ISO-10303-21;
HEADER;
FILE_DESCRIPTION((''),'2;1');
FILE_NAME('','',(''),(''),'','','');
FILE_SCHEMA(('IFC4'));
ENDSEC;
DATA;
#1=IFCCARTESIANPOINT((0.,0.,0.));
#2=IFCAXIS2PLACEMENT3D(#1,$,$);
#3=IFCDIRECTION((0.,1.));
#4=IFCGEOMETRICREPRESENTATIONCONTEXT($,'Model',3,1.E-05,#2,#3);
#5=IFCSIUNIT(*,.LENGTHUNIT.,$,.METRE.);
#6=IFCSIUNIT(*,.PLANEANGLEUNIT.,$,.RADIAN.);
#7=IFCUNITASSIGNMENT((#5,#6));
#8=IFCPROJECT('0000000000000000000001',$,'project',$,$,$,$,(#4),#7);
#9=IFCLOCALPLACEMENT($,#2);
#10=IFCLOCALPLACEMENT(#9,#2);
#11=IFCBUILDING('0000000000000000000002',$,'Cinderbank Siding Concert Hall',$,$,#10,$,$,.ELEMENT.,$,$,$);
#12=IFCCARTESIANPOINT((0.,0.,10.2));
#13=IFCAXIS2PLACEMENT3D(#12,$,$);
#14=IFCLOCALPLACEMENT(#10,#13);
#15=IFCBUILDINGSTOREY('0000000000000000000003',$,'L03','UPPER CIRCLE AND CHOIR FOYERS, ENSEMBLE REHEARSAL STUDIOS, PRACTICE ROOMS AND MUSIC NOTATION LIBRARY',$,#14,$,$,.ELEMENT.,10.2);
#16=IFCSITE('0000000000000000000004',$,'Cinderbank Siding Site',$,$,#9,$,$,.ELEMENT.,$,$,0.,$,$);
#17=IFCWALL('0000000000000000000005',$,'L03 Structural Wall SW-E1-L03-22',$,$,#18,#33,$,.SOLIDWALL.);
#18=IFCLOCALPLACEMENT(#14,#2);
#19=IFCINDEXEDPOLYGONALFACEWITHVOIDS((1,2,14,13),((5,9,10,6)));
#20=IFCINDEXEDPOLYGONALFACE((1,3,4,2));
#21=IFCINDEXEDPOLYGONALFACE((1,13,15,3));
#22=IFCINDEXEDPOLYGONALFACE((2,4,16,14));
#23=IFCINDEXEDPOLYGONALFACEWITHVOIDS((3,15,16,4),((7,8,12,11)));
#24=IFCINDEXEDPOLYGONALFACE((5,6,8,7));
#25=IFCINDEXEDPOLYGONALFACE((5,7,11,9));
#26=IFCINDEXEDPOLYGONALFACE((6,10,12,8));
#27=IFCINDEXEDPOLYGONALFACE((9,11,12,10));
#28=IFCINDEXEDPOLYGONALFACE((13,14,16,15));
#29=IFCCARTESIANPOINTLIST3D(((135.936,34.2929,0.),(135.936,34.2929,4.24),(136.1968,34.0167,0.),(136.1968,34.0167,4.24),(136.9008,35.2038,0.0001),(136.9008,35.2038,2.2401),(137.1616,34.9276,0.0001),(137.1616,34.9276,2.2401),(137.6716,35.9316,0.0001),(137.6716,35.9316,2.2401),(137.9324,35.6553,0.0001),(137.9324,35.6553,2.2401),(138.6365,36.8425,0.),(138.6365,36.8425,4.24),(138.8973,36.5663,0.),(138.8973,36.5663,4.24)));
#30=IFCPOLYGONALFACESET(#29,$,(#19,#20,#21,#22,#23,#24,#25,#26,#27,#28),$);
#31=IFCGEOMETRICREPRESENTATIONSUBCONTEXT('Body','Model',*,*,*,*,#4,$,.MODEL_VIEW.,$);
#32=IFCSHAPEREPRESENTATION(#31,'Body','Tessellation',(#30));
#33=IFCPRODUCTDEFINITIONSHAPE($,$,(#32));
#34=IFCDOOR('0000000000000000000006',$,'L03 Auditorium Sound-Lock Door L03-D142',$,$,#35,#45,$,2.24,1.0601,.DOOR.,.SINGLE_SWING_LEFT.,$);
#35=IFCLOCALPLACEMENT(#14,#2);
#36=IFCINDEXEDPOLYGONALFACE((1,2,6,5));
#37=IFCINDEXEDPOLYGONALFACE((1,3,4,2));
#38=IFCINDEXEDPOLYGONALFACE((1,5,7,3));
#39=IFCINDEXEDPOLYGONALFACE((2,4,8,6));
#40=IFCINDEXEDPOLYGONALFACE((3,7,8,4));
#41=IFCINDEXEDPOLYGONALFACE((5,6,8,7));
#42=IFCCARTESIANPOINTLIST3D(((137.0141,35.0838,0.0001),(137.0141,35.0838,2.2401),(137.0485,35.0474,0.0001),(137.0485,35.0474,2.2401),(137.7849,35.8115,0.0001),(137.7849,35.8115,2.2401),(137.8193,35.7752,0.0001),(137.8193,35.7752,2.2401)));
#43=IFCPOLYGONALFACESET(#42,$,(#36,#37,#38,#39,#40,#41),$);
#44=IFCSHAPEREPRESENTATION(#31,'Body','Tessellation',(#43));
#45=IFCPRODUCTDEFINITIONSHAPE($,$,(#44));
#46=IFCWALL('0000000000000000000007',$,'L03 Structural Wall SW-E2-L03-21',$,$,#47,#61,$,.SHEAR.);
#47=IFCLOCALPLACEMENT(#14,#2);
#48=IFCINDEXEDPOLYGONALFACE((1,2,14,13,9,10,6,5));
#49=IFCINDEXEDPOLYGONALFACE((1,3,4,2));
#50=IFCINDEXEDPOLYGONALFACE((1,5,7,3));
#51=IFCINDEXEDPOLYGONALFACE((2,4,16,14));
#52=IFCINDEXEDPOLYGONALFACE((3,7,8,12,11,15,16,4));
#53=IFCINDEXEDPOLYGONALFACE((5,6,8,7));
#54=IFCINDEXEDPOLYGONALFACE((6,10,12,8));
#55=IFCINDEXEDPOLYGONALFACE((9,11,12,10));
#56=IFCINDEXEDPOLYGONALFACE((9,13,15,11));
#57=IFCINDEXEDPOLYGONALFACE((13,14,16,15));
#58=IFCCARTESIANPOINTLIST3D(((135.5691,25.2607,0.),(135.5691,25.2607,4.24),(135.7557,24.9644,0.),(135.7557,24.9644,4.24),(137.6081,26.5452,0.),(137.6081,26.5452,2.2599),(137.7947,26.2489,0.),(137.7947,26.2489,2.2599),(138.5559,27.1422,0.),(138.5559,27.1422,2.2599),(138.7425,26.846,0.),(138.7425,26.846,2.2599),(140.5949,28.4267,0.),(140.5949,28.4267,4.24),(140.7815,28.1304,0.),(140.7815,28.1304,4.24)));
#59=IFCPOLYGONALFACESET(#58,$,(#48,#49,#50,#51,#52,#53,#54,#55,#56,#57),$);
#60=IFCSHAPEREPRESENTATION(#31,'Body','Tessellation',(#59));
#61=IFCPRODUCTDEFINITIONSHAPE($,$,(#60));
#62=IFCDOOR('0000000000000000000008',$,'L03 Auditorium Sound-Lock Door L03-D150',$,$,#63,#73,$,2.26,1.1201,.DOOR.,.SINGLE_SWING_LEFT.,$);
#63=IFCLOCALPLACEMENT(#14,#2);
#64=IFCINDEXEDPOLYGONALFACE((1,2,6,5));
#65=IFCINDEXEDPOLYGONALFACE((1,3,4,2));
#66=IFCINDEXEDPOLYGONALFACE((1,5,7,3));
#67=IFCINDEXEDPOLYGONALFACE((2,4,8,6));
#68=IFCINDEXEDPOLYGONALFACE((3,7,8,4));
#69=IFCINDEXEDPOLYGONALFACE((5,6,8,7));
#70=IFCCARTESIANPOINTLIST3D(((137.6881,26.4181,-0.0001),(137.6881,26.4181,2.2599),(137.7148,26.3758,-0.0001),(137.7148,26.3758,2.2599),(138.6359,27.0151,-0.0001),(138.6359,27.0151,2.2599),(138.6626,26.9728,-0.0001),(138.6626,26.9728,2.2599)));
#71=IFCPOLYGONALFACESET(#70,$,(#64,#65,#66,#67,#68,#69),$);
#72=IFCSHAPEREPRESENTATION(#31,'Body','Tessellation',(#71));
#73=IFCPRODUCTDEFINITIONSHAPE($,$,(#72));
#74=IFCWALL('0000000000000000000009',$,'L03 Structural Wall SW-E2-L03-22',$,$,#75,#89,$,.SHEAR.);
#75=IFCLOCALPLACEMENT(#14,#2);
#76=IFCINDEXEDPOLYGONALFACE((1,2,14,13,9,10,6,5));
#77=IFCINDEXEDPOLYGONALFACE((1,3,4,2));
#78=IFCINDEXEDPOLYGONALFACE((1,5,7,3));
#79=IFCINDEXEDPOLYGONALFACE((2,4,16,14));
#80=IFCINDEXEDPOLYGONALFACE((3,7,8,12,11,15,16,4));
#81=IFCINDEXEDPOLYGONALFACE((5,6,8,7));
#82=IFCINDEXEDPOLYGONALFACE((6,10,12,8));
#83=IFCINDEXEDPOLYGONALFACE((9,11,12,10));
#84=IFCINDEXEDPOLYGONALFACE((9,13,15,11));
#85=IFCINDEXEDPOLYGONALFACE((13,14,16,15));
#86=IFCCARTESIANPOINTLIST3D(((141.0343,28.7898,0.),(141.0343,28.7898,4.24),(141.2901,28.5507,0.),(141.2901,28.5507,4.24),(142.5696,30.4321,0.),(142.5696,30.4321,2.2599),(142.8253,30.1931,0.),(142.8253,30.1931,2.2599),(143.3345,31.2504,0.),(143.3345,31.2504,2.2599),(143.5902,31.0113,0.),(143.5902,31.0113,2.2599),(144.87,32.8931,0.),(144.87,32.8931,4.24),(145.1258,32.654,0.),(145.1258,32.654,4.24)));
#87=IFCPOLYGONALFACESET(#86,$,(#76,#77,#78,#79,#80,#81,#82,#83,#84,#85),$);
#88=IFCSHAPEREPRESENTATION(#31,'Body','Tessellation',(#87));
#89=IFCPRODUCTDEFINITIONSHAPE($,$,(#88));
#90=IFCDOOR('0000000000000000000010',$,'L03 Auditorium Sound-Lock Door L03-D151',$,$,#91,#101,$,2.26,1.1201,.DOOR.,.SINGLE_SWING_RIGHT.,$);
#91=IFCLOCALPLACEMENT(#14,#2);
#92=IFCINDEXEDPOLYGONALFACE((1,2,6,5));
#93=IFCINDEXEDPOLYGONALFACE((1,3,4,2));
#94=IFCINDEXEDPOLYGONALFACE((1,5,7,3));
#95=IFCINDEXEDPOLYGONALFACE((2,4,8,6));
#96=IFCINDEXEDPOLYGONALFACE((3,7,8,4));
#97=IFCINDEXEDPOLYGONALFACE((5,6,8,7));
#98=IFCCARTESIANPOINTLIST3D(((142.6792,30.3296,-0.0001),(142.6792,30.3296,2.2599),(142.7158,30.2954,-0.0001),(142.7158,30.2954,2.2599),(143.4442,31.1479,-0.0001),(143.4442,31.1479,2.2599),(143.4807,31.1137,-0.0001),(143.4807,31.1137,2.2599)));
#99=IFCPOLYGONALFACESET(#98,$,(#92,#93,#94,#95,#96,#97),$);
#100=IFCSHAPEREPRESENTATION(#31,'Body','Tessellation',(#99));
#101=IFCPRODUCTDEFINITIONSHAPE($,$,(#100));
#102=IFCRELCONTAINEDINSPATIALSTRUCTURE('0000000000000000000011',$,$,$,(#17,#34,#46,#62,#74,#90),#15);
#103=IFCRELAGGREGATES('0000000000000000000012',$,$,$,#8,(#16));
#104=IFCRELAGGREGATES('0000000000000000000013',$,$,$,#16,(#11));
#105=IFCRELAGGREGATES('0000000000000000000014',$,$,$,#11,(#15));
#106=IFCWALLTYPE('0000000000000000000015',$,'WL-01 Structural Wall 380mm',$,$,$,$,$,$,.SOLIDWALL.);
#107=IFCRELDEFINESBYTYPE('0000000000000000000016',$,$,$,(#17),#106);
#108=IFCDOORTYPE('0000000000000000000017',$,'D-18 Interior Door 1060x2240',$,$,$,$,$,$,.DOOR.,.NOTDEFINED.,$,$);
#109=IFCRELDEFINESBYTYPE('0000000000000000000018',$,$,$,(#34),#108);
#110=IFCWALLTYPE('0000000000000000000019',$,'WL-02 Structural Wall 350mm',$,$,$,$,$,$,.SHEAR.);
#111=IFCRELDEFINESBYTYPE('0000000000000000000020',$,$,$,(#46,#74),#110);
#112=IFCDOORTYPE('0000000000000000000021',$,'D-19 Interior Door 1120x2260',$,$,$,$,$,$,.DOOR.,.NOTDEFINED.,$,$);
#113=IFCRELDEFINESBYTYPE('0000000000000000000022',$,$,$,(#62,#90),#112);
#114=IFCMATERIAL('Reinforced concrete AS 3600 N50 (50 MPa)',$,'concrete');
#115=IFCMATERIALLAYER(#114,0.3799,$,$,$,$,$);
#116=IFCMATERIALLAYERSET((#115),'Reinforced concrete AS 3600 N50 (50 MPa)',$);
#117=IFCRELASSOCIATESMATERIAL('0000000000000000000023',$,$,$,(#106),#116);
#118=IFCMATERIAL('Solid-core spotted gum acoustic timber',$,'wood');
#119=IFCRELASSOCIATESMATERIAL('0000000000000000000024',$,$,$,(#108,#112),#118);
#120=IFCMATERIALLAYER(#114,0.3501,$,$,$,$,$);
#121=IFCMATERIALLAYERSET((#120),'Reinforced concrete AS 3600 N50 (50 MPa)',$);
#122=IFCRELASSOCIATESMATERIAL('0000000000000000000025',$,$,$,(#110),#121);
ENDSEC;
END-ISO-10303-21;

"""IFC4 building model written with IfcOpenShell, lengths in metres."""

from ifc_helpers import new_model, si_unit, direction, frame, frame_2d, origin, place, context, subcontext, project, spatial, rectangle, extrude, material, layer, layer_set, type_object, element, fill, save


model = new_model("IFC4")

# Units and contexts
model_context = context("Model", 3, precision=1e-05, world=origin(), true_north=direction((0.0, 1.0)))
body_context = subcontext(model_context, "Body", "Model", "MODEL_VIEW")
ifc_project = project(units=[si_unit("LENGTHUNIT", "METRE"), si_unit("PLANEANGLEUNIT", "RADIAN")], contexts=[model_context])

# Site, building, storey
site_placement = place(None, origin())
site = spatial("IfcSite", under=ifc_project, at=site_placement, Name="Cinderbank Siding Site", CompositionType="ELEMENT", RefElevation=0.0)
building_placement = place(site_placement, origin())
building = spatial("IfcBuilding", under=site, at=building_placement, Name="Cinderbank Siding Concert Hall", CompositionType="ELEMENT")
storey_placement = place(building_placement, frame((0.0, 0.0, 10.2)))
storey = spatial("IfcBuildingStorey", under=building, at=storey_placement, Name="L03", Description="UPPER CIRCLE AND CHOIR FOYERS, ENSEMBLE REHEARSAL STUDIOS, PRACTICE ROOMS AND MUSIC NOTATION LIBRARY", CompositionType="ELEMENT", Elevation=10.2)

# Shared definitions
ifc_material_1 = material(Name="Reinforced concrete AS 3600 N50 (50 MPa)", Category="concrete")

# Walls, openings, doors
ifc_layer_1 = layer(ifc_material_1, 0.3799)
ifc_layer_set_1 = layer_set([ifc_layer_1], Name="Reinforced concrete AS 3600 N50 (50 MPa)")
wall_type_1 = type_object("IfcWallType", Name="WL-01 Structural Wall 380mm", PredefinedType="SOLIDWALL", material=ifc_layer_set_1)
wall_1_placement = place(storey_placement, frame((136.0664, 34.1548, 0.0), z_axis=(0.0, 0.0, 1.0), x_axis=(0.727128, 0.686502, 0.0)))
wall_1 = element("IfcWall", 1, at=wall_1_placement, inside=storey, type_object=wall_type_1, Name="L03 Structural Wall SW-E1-L03-22", PredefinedType="SOLIDWALL", context=body_context, shape_type="SweptSolid", body=[
    extrude(rectangle(XDim=3.7139, YDim=0.3799, at=frame_2d((1.8569, 0.0))), origin(), (0.0, 0.0, 1.0), 4.24),
])
opening_1_placement = place(wall_1_placement, frame((1.3269, 0.0, 0.0)))
opening_1 = element("IfcOpeningElement", 2, at=opening_1_placement, cuts=wall_1, PredefinedType="OPENING", context=body_context, shape_type="SweptSolid", body=[
    extrude(rectangle(XDim=1.0601, YDim=2.24, at=frame_2d((0.53, 1.1201))), frame((0.0, 0.2019, 0.0), z_axis=(0.0, -1.0, 0.0), x_axis=(1.0, 0.0, 0.0)), (0.0, 0.0, 1.0), 0.4038),
])
ifc_material_2 = material(Name="Solid-core spotted gum acoustic timber", Category="wood")
door_type_1 = type_object("IfcDoorType", Name="D-18 Interior Door 1060x2240", OperationType="NOTDEFINED", PredefinedType="DOOR", material=ifc_material_2)
door_1_placement = place(opening_1_placement, origin())
door_1 = element("IfcDoor", 3, at=door_1_placement, inside=storey, type_object=door_type_1, Name="L03 Auditorium Sound-Lock Door L03-D142", OperationType="SINGLE_SWING_LEFT", OverallHeight=2.24, OverallWidth=1.0601, PredefinedType="DOOR", context=body_context, shape_type="SweptSolid", body=[
    extrude(rectangle(XDim=1.0601, YDim=2.24, at=frame_2d((0.53, 1.1201))), frame((0.0, 0.0249, 0.0), z_axis=(0.0, -1.0, 0.0), x_axis=(1.0, 0.0, 0.0)), (0.0, 0.0, 1.0), 0.05),
])
fill(opening_1, door_1)
ifc_layer_2 = layer(ifc_material_1, 0.3501)
ifc_layer_set_2 = layer_set([ifc_layer_2], Name="Reinforced concrete AS 3600 N50 (50 MPa)")
wall_type_2 = type_object("IfcWallType", Name="WL-02 Structural Wall 350mm", PredefinedType="SHEAR", material=ifc_layer_set_2)
wall_2_placement = place(storey_placement, frame((135.6624, 25.1125, 0.0), z_axis=(0.0, 0.0, 1.0), x_axis=(0.846113, 0.533003, 0.0)))
wall_2 = element("IfcWall", 4, at=wall_2_placement, inside=storey, type_object=wall_type_2, Name="L03 Structural Wall SW-E2-L03-21", PredefinedType="SHEAR", context=body_context, shape_type="SweptSolid", body=[
    extrude(rectangle(XDim=5.9399, YDim=0.3501, at=frame_2d((2.97, 0.0))), origin(), (0.0, 0.0, 1.0), 4.24),
])
opening_2_placement = place(wall_2_placement, frame((2.4099, 0.0, 0.0)))
opening_2 = element("IfcOpeningElement", 5, at=opening_2_placement, cuts=wall_2, PredefinedType="OPENING", context=body_context, shape_type="SweptSolid", body=[
    extrude(rectangle(XDim=1.1201, YDim=2.26, at=frame_2d((0.5601, 1.1299))), frame((0.0, 0.187, 0.0), z_axis=(0.0, -1.0, 0.0), x_axis=(1.0, 0.0, 0.0)), (0.0, 0.0, 1.0), 0.374),
])
door_type_2 = type_object("IfcDoorType", Name="D-19 Interior Door 1120x2260", OperationType="NOTDEFINED", PredefinedType="DOOR", material=ifc_material_2)
door_2_placement = place(opening_2_placement, origin())
door_2 = element("IfcDoor", 6, at=door_2_placement, inside=storey, type_object=door_type_2, Name="L03 Auditorium Sound-Lock Door L03-D150", OperationType="SINGLE_SWING_LEFT", OverallHeight=2.26, OverallWidth=1.1201, PredefinedType="DOOR", context=body_context, shape_type="SweptSolid", body=[
    extrude(rectangle(XDim=1.1201, YDim=2.26, at=frame_2d((0.5601, 1.1299))), frame((0.0, 0.0249, 0.0), z_axis=(0.0, -1.0, 0.0), x_axis=(1.0, 0.0, 0.0)), (0.0, 0.0, 1.0), 0.05),
])
fill(opening_2, door_2)
wall_3_placement = place(storey_placement, frame((141.1621, 28.6702, 0.0), z_axis=(0.0, 0.0, 1.0), x_axis=(0.682886, 0.730525, 0.0)))
wall_3 = element("IfcWall", 7, at=wall_3_placement, inside=storey, type_object=wall_type_2, Name="L03 Structural Wall SW-E2-L03-22", PredefinedType="SHEAR", context=body_context, shape_type="SweptSolid", body=[
    extrude(rectangle(XDim=5.6169, YDim=0.3501, at=frame_2d((2.8086, 0.0))), origin(), (0.0, 0.0, 1.0), 4.24),
])
opening_3_placement = place(wall_3_placement, frame((2.2483, 0.0, 0.0)))
opening_3 = element("IfcOpeningElement", 8, at=opening_3_placement, cuts=wall_3, PredefinedType="OPENING", context=body_context, shape_type="SweptSolid", body=[
    extrude(rectangle(XDim=1.1201, YDim=2.26, at=frame_2d((0.5601, 1.1299))), frame((0.0, 0.187, 0.0), z_axis=(0.0, -1.0, 0.0), x_axis=(1.0, 0.0, 0.0)), (0.0, 0.0, 1.0), 0.374),
])
door_3_placement = place(opening_3_placement, origin())
door_3 = element("IfcDoor", 9, at=door_3_placement, inside=storey, type_object=door_type_2, Name="L03 Auditorium Sound-Lock Door L03-D151", OperationType="SINGLE_SWING_RIGHT", OverallHeight=2.26, OverallWidth=1.1201, PredefinedType="DOOR", context=body_context, shape_type="SweptSolid", body=[
    extrude(rectangle(XDim=1.1201, YDim=2.26, at=frame_2d((0.5601, 1.1299))), frame((0.0, 0.0249, 0.0), z_axis=(0.0, -1.0, 0.0), x_axis=(1.0, 0.0, 0.0)), (0.0, 0.0, 1.0), 0.05),
])
fill(opening_3, door_3)

save(model, "model.ifc")
